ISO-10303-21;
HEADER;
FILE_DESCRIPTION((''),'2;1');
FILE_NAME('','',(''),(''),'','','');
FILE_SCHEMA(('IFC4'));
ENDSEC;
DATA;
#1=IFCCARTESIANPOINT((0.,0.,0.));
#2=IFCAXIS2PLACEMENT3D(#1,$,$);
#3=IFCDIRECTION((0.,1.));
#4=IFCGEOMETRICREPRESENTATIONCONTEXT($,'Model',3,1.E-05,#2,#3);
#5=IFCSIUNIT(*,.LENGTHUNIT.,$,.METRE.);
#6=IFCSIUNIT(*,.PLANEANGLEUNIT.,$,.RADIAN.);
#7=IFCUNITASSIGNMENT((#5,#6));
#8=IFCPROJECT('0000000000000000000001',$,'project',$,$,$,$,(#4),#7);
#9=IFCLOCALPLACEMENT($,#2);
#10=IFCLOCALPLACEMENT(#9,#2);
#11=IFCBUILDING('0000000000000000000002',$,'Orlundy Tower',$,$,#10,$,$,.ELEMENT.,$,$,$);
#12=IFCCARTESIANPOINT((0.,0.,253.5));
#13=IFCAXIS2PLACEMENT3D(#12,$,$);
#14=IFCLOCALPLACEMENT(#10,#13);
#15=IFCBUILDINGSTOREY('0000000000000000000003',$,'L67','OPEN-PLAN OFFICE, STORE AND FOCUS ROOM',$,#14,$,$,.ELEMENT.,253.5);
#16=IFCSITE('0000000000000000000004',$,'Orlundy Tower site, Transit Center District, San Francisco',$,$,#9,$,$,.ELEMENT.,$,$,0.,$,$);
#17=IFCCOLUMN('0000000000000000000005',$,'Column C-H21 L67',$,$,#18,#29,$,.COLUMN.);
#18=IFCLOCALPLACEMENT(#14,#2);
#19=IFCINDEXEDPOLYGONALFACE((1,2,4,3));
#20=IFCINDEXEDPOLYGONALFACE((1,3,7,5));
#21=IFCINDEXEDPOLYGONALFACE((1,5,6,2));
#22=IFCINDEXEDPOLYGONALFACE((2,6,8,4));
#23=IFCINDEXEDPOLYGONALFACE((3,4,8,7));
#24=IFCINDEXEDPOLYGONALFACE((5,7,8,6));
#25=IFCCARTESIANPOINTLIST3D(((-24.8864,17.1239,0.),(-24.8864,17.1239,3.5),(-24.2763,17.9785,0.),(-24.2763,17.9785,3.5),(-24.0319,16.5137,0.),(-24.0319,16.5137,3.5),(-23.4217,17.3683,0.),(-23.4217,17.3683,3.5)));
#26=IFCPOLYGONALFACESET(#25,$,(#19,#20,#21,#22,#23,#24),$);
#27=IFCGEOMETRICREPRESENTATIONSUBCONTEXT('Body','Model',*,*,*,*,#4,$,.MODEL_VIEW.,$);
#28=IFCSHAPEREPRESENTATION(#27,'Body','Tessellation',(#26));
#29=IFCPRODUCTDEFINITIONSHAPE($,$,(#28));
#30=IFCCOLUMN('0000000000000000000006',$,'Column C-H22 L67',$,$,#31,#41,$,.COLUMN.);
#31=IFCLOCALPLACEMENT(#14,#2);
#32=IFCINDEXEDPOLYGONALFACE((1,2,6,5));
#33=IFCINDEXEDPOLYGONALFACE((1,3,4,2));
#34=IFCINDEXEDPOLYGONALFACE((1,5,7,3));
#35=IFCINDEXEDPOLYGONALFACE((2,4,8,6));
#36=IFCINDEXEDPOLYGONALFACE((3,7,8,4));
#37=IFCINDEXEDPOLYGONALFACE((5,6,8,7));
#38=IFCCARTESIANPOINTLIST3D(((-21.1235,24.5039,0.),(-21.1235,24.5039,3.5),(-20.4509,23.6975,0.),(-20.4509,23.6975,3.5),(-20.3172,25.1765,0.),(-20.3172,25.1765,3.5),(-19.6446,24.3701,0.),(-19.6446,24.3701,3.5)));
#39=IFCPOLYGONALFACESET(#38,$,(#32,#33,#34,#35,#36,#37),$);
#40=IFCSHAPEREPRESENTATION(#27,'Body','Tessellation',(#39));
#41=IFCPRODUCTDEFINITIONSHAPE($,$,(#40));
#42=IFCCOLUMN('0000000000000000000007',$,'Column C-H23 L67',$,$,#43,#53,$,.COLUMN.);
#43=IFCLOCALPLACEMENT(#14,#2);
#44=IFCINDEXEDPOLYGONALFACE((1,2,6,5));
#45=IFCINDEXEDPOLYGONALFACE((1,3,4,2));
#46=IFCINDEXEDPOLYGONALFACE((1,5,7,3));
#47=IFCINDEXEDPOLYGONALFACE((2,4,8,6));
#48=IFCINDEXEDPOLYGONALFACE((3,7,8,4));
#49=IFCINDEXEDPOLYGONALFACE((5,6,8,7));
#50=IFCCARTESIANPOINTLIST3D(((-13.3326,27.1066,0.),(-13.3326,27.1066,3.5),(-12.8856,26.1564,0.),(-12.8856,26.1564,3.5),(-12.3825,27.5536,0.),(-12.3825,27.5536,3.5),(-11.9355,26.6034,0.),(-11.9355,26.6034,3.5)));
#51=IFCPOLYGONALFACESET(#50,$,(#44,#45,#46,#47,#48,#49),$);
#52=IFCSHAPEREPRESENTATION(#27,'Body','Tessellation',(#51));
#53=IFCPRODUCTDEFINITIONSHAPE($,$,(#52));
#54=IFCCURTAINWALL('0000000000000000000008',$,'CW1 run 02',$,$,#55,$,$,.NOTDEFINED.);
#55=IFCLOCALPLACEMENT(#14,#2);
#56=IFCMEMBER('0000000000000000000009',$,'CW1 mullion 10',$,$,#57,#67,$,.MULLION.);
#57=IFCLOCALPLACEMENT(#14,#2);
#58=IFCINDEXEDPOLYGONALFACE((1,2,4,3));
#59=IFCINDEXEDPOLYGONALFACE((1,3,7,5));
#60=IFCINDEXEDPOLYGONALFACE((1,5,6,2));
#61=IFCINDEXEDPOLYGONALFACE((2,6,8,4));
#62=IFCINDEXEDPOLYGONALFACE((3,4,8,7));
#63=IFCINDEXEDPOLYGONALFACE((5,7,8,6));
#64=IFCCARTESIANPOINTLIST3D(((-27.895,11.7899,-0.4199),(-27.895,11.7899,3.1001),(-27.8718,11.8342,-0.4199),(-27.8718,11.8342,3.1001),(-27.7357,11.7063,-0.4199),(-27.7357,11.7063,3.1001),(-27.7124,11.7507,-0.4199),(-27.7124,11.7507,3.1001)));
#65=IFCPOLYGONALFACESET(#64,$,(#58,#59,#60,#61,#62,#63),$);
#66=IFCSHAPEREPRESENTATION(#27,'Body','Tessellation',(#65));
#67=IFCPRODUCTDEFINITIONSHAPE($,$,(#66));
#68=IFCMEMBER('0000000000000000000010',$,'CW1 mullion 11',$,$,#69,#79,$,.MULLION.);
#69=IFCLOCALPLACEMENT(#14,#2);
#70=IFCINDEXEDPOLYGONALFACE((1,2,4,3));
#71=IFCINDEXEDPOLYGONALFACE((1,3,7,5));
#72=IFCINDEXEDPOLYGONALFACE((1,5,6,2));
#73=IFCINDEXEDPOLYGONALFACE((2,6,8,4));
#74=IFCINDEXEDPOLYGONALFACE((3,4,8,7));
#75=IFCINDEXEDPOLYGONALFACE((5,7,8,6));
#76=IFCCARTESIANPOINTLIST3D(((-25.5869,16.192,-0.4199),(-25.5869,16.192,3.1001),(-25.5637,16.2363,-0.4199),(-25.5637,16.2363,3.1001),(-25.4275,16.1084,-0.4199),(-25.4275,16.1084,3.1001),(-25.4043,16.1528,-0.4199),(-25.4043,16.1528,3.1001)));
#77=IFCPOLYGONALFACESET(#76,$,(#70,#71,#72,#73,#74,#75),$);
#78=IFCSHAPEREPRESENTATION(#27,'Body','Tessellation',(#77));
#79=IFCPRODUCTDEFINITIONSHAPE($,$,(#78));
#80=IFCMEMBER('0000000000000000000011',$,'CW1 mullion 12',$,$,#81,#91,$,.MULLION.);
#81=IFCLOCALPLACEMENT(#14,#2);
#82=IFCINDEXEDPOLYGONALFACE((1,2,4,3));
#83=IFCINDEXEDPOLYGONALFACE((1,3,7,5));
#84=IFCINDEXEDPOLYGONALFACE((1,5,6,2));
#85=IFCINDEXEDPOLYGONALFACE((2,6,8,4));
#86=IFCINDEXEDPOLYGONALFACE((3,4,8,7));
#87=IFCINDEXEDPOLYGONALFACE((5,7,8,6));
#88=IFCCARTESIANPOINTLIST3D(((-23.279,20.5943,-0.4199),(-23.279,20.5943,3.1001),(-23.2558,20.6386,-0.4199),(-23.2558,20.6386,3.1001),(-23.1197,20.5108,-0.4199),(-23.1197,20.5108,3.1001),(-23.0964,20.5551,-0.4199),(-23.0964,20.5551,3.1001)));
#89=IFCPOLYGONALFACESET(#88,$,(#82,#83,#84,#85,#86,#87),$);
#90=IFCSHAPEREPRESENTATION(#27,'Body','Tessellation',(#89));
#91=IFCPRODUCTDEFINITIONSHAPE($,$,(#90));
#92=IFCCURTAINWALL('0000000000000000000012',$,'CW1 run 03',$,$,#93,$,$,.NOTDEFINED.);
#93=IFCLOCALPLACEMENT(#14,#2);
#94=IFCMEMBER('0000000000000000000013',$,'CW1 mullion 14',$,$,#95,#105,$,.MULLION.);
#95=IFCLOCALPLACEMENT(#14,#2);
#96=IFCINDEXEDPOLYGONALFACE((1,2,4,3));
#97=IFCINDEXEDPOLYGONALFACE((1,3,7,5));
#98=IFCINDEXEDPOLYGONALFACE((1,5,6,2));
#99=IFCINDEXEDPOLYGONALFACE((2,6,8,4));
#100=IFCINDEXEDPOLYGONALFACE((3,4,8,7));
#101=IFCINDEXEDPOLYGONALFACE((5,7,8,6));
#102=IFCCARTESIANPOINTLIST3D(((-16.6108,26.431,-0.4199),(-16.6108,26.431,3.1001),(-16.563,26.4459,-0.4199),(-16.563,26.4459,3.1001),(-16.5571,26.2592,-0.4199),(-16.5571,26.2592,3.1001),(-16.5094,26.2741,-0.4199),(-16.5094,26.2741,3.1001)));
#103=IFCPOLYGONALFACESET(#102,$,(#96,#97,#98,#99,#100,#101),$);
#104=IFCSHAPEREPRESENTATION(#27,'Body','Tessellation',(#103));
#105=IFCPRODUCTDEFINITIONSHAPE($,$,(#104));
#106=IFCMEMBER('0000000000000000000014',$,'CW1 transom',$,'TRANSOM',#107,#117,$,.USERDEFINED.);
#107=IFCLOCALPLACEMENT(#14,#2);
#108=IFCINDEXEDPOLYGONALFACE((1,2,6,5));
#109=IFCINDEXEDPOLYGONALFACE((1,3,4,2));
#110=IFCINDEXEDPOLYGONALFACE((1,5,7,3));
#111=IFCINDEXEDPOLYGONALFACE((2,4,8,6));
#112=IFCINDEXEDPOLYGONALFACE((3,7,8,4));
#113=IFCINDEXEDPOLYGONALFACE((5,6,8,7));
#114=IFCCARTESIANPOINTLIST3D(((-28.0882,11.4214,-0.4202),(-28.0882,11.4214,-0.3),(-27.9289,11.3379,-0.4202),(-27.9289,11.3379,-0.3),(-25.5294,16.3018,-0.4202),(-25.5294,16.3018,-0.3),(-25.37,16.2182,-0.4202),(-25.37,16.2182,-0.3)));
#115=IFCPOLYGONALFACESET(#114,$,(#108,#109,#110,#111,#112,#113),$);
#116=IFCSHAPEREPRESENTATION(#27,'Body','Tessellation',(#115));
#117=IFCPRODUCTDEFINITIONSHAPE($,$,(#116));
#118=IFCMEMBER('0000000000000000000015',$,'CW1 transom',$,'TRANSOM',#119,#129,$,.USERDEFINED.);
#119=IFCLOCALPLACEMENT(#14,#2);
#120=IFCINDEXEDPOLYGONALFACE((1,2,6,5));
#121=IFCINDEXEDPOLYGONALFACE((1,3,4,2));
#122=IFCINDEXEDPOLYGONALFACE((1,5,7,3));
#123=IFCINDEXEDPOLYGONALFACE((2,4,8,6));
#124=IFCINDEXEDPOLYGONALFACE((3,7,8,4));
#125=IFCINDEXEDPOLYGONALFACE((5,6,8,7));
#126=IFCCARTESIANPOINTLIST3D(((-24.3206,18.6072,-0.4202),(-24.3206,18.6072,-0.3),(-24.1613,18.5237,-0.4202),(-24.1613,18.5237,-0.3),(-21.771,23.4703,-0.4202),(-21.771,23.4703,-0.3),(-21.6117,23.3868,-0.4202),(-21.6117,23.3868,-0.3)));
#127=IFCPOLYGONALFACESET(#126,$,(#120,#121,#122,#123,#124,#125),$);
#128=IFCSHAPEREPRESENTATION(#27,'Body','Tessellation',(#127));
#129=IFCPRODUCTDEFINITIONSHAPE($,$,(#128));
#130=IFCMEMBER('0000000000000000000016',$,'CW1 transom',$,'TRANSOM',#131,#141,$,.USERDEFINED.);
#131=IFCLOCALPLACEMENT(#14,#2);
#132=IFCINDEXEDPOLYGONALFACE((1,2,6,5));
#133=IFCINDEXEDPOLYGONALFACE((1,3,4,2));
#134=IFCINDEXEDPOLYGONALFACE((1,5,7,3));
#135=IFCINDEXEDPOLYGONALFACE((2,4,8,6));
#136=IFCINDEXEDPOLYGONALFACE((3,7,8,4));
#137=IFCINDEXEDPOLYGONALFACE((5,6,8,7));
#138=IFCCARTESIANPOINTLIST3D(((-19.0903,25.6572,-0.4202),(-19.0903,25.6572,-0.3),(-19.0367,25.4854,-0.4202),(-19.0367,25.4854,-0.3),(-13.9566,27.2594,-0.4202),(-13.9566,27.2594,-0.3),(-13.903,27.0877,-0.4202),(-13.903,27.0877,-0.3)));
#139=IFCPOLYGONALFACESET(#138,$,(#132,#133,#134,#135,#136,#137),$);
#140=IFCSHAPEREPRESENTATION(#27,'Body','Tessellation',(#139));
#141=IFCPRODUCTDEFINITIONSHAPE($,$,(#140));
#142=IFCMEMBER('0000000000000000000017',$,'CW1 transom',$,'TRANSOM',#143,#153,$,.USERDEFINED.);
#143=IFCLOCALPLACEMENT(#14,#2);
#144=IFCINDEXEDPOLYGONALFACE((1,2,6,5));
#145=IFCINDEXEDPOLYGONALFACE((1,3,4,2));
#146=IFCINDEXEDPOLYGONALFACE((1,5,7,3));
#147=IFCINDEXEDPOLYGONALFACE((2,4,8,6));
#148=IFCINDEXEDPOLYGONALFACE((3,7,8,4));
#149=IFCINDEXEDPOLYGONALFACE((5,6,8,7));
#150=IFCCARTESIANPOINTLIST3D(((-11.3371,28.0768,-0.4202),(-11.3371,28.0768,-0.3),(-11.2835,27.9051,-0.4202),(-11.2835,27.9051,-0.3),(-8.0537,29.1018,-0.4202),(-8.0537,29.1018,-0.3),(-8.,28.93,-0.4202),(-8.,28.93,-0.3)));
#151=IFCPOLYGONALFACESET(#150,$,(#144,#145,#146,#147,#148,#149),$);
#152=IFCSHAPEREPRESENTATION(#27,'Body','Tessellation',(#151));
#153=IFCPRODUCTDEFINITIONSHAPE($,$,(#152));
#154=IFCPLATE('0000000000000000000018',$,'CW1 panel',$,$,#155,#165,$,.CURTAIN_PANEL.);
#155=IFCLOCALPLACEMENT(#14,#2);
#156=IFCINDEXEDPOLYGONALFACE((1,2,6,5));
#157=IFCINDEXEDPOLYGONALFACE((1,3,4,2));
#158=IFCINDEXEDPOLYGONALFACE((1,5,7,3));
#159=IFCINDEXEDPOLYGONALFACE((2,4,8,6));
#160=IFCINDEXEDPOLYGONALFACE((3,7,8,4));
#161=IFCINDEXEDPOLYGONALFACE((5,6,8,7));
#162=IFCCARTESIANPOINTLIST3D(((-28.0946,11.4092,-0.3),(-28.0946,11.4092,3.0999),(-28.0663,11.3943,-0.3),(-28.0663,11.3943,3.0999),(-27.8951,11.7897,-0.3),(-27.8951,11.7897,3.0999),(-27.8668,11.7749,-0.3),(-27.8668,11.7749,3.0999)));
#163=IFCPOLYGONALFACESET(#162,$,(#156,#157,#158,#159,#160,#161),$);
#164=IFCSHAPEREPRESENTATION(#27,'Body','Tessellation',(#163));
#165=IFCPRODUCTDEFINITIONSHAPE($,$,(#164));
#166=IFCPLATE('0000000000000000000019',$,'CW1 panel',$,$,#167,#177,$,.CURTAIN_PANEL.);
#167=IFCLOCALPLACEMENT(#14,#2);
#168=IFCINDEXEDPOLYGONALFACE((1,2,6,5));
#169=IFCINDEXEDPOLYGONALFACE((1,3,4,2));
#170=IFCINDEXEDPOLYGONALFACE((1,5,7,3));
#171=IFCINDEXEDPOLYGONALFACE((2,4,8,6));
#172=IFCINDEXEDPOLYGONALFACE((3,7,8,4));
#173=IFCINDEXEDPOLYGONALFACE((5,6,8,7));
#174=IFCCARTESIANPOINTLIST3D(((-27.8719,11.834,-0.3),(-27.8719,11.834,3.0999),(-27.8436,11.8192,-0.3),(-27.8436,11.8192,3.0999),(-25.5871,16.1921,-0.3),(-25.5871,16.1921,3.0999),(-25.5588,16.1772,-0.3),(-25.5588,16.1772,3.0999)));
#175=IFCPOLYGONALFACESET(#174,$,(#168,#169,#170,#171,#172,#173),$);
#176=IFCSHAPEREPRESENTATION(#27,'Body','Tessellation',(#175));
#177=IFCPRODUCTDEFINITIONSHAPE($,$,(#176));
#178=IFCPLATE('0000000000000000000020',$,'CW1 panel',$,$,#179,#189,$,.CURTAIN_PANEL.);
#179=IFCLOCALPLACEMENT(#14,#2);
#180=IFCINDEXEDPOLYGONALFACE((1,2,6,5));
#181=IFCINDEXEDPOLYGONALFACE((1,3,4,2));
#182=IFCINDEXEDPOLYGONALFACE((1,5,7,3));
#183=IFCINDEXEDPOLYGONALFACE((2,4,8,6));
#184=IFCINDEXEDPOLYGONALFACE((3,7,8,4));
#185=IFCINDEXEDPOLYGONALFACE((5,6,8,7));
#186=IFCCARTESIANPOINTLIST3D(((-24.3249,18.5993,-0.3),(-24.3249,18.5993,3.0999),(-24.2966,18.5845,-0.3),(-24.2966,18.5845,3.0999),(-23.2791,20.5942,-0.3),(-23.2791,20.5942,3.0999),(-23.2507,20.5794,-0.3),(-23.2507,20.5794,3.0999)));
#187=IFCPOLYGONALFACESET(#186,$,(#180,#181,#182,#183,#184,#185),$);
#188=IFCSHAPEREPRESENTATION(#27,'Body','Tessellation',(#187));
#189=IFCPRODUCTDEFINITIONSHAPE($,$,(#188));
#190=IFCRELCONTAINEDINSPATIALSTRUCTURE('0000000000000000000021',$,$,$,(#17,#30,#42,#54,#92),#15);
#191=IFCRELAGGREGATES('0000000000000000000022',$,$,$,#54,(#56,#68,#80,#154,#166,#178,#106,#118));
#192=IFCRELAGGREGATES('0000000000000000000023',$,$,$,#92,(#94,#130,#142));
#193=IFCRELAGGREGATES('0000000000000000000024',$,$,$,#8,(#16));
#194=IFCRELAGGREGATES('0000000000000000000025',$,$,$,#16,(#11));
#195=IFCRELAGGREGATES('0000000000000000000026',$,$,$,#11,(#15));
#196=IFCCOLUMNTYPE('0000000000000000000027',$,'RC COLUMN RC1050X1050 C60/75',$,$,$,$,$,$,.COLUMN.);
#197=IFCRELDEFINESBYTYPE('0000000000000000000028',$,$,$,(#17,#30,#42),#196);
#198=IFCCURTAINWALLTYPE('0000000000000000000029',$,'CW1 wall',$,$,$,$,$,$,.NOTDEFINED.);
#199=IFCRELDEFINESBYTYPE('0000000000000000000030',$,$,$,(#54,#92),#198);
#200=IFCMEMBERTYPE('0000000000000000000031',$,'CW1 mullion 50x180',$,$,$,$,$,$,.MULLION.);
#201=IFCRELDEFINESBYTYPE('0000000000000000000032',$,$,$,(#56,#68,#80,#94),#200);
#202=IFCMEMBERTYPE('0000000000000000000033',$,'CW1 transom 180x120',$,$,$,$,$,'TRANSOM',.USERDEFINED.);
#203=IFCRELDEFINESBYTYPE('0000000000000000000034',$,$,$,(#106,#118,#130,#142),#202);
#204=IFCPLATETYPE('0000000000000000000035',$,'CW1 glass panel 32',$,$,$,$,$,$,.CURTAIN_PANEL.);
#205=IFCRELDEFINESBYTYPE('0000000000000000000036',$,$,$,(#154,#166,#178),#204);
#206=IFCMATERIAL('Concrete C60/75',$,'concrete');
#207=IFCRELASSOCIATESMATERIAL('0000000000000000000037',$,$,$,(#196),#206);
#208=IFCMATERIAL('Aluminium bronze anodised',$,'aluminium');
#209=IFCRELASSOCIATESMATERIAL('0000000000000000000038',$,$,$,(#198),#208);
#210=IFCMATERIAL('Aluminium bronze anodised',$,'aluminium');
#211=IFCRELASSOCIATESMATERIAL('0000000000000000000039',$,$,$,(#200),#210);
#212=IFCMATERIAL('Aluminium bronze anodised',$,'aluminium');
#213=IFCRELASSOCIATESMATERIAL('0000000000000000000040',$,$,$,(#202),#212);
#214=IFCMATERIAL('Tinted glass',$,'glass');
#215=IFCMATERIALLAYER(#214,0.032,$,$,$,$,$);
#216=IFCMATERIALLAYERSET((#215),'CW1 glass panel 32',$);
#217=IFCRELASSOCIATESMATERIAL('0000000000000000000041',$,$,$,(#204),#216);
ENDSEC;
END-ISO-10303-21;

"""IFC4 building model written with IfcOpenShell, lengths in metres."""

from ifc_helpers import new_model, si_unit, direction, frame, origin, origin_2d, place, context, subcontext, project, spatial, rectangle, extrude, material, layer, layer_set, material_profile, profile_set, type_object, element, aggregate, save


model = new_model("IFC4")

# Units and contexts
model_context = context("Model", 3, precision=1e-05, world=origin(), true_north=direction((0.0, 1.0)))
body_context = subcontext(model_context, "Body", "Model", "MODEL_VIEW")
ifc_project = project(units=[si_unit("LENGTHUNIT", "METRE"), si_unit("PLANEANGLEUNIT", "RADIAN")], contexts=[model_context])

# Site, building, storey
site_placement = place(None, origin())
site = spatial("IfcSite", under=ifc_project, at=site_placement, Name="Orlundy Tower site, Transit Center District, San Francisco", CompositionType="ELEMENT", RefElevation=0.0)
building_placement = place(site_placement, origin())
building = spatial("IfcBuilding", under=site, at=building_placement, Name="Orlundy Tower", CompositionType="ELEMENT")
storey_placement = place(building_placement, frame((0.0, 0.0, 253.5)))
storey = spatial("IfcBuildingStorey", under=building, at=storey_placement, Name="L67", Description="OPEN-PLAN OFFICE, STORE AND FOCUS ROOM", CompositionType="ELEMENT", Elevation=253.5)

# Columns
ifc_material_1 = material(Name="Concrete C60/75", Category="concrete")
ifc_material_profile_1 = material_profile(ifc_material_1, rectangle(XDim=1.05, YDim=1.05, at=origin_2d()), Name="RC1050X1050")
ifc_profile_set_1 = profile_set([ifc_material_profile_1], Name="Concrete C60/75")
column_type = type_object("IfcColumnType", Name="RC COLUMN RC1050X1050 C60/75", PredefinedType="COLUMN", material=ifc_profile_set_1)
for number, where, z_axis, x_axis, name in (
    (1, (-24.1541, 17.2461, 0.0), (0.0, 0.0, 1.0), (-0.813842, 0.581087, 0.0), "Column C-H21 L67"),
    (2, (-20.384, 24.437, 0.0), (0.0, 0.0, 1.0), (-0.640552, 0.767915, 0.0), "Column C-H22 L67"),
    (3, (-12.634, 26.855, 0.0), (0.0, 0.0, 1.0), (-0.4257, 0.904864, 0.0), "Column C-H23 L67"),
):
    element("IfcColumn", number, at=place(storey_placement, frame(where, z_axis=z_axis, x_axis=x_axis)), inside=storey, type_object=column_type, Name=name, PredefinedType="COLUMN", context=body_context, shape_type="SweptSolid", body=[
        extrude(rectangle(XDim=1.05, YDim=1.05, at=origin_2d()), origin(), (0.0, 0.0, 1.0), 3.5),
    ])

# Curtain wall, members
ifc_material_2 = material(Name="Aluminium bronze anodised", Category="aluminium")
curtain_wall_type = type_object("IfcCurtainWallType", Name="CW1 wall", PredefinedType="NOTDEFINED", material=ifc_material_2)
curtain_wall_1_placement = place(storey_placement, origin())
curtain_wall_1 = element("IfcCurtainWall", 4, at=curtain_wall_1_placement, inside=storey, type_object=curtain_wall_type, Name="CW1 run 02", PredefinedType="NOTDEFINED")
ifc_material_3 = material(Name="Aluminium bronze anodised", Category="aluminium")
ifc_material_profile_2 = material_profile(ifc_material_3, rectangle(XDim=0.1799, YDim=0.05, at=origin_2d()), Name="CW1 mullion 50x180")
ifc_profile_set_2 = profile_set([ifc_material_profile_2], Name="Aluminium bronze anodised")
member_type_1 = type_object("IfcMemberType", Name="CW1 mullion 50x180", PredefinedType="MULLION", material=ifc_profile_set_2)
member_1_placement = place(storey_placement, frame((-27.8037, 11.7703, -0.4199), z_axis=(0.0, 0.0, 1.0), x_axis=(-0.885659, 0.464336, 0.0)))
member_1 = element("IfcMember", 5, at=member_1_placement, type_object=member_type_1, Name="CW1 mullion 10", PredefinedType="MULLION", context=body_context, shape_type="SweptSolid", body=[
    extrude(rectangle(XDim=0.1799, YDim=0.05, at=origin_2d()), origin(), (0.0, 0.0, 1.0), 3.52),
])
member_2_placement = place(storey_placement, frame((-25.4956, 16.1724, -0.4199), z_axis=(0.0, 0.0, 1.0), x_axis=(-0.885659, 0.464336, 0.0)))
member_2 = element("IfcMember", 6, at=member_2_placement, type_object=member_type_1, Name="CW1 mullion 11", PredefinedType="MULLION", context=body_context, shape_type="SweptSolid", body=[
    extrude(rectangle(XDim=0.1799, YDim=0.05, at=origin_2d()), origin(), (0.0, 0.0, 1.0), 3.52),
])
member_3_placement = place(storey_placement, frame((-23.1877, 20.5747, -0.4199), z_axis=(0.0, 0.0, 1.0), x_axis=(-0.885659, 0.464336, 0.0)))
member_3 = element("IfcMember", 7, at=member_3_placement, type_object=member_type_1, Name="CW1 mullion 12", PredefinedType="MULLION", context=body_context, shape_type="SweptSolid", body=[
    extrude(rectangle(XDim=0.1799, YDim=0.05, at=origin_2d()), origin(), (0.0, 0.0, 1.0), 3.52),
])

# Curtain wall, member
curtain_wall_2_placement = place(storey_placement, origin())
curtain_wall_2 = element("IfcCurtainWall", 8, at=curtain_wall_2_placement, inside=storey, type_object=curtain_wall_type, Name="CW1 run 03", PredefinedType="NOTDEFINED")
member_4_placement = place(storey_placement, frame((-16.5601, 26.3525, -0.4199), z_axis=(0.0, 0.0, 1.0), x_axis=(-0.297935, 0.954586, 0.0)))
member_4 = element("IfcMember", 9, at=member_4_placement, type_object=member_type_1, Name="CW1 mullion 14", PredefinedType="MULLION", context=body_context, shape_type="SweptSolid", body=[
    extrude(rectangle(XDim=0.1799, YDim=0.05, at=origin_2d()), origin(), (0.0, 0.0, 1.0), 3.52),
])

# Members
ifc_material_4 = material(Name="Aluminium bronze anodised", Category="aluminium")
ifc_material_profile_3 = material_profile(ifc_material_4, rectangle(XDim=0.1799, YDim=0.1201, at=origin_2d()), Name="CW1 transom 180x120")
ifc_profile_set_3 = profile_set([ifc_material_profile_3], Name="Aluminium bronze anodised")
member_type_2 = type_object("IfcMemberType", Name="CW1 transom 180x120", ElementType="TRANSOM", PredefinedType="USERDEFINED", material=ifc_profile_set_3)
member_5_placement = place(storey_placement, frame((-28.0085, 11.3796, -0.3601), z_axis=(0.464356, 0.885648, 0.0), x_axis=(-0.885648, 0.464356, 0.0)))
member_5 = element("IfcMember", 10, at=member_5_placement, type_object=member_type_2, Name="CW1 transom", ObjectType="TRANSOM", PredefinedType="USERDEFINED", context=body_context, shape_type="SweptSolid", body=[
    extrude(rectangle(XDim=0.1799, YDim=0.1201, at=origin_2d()), origin(), (0.0, 0.0, 1.0), 5.5105),
])
member_6_placement = place(storey_placement, frame((-24.241, 18.5654, -0.3601), z_axis=(0.464329, 0.885663, 0.0), x_axis=(-0.885663, 0.464329, 0.0)))
member_6 = element("IfcMember", 11, at=member_6_placement, type_object=member_type_2, Name="CW1 transom", ObjectType="TRANSOM", PredefinedType="USERDEFINED", context=body_context, shape_type="SweptSolid", body=[
    extrude(rectangle(XDim=0.1799, YDim=0.1201, at=origin_2d()), origin(), (0.0, 0.0, 1.0), 5.491),
])
member_7_placement = place(storey_placement, frame((-19.0635, 25.5713, -0.3601), z_axis=(0.954587, 0.297934, 0.0), x_axis=(-0.297934, 0.954587, 0.0)))
member_7 = element("IfcMember", 12, at=member_7_placement, type_object=member_type_2, Name="CW1 transom", ObjectType="TRANSOM", PredefinedType="USERDEFINED", context=body_context, shape_type="SweptSolid", body=[
    extrude(rectangle(XDim=0.1799, YDim=0.1201, at=origin_2d()), origin(), (0.0, 0.0, 1.0), 5.3779),
])
member_8_placement = place(storey_placement, frame((-11.3103, 27.991, -0.3601), z_axis=(0.954577, 0.297964, 0.0), x_axis=(-0.297964, 0.954577, 0.0)))
member_8 = element("IfcMember", 13, at=member_8_placement, type_object=member_type_2, Name="CW1 transom", ObjectType="TRANSOM", PredefinedType="USERDEFINED", context=body_context, shape_type="SweptSolid", body=[
    extrude(rectangle(XDim=0.1799, YDim=0.1201, at=origin_2d()), origin(), (0.0, 0.0, 1.0), 3.4397),
])

# Plates
ifc_material_5 = material(Name="Tinted glass", Category="glass")
ifc_layer_1 = layer(ifc_material_5, 0.032)
ifc_layer_set_1 = layer_set([ifc_layer_1], Name="CW1 glass panel 32")
plate_type = type_object("IfcPlateType", Name="CW1 glass panel 32", PredefinedType="CURTAIN_PANEL", material=ifc_layer_set_1)
plate_1_placement = place(storey_placement, frame((-27.9807, 11.592, -0.3), z_axis=(0.0, 0.0, 1.0), x_axis=(0.464336, 0.885659, 0.0)))
plate_1 = element("IfcPlate", 14, at=plate_1_placement, type_object=plate_type, Name="CW1 panel", PredefinedType="CURTAIN_PANEL", context=body_context, shape_type="SweptSolid", body=[
    extrude(rectangle(XDim=0.4297, YDim=0.032, at=origin_2d()), origin(), (0.0, 0.0, 1.0), 3.3999),
])
plate_2_placement = place(storey_placement, frame((-26.7153, 14.0056, -0.3), z_axis=(0.0, 0.0, 1.0), x_axis=(0.464336, 0.885659, 0.0)))
plate_2 = element("IfcPlate", 15, at=plate_2_placement, type_object=plate_type, Name="CW1 panel", PredefinedType="CURTAIN_PANEL", context=body_context, shape_type="SweptSolid", body=[
    extrude(rectangle(XDim=4.9207, YDim=0.032, at=origin_2d()), origin(), (0.0, 0.0, 1.0), 3.3999),
])
plate_3_placement = place(storey_placement, frame((-23.7878, 19.5894, -0.3), z_axis=(0.0, 0.0, 1.0), x_axis=(0.464336, 0.885659, 0.0)))
plate_3 = element("IfcPlate", 16, at=plate_3_placement, type_object=plate_type, Name="CW1 panel", PredefinedType="CURTAIN_PANEL", context=body_context, shape_type="SweptSolid", body=[
    extrude(rectangle(XDim=2.2524, YDim=0.032, at=origin_2d()), origin(), (0.0, 0.0, 1.0), 3.3999),
])
aggregate(curtain_wall_1, [member_1, member_2, member_3, plate_1, plate_2, plate_3, member_5, member_6])
aggregate(curtain_wall_2, [member_4, member_7, member_8])

save(model, "model.ifc")
